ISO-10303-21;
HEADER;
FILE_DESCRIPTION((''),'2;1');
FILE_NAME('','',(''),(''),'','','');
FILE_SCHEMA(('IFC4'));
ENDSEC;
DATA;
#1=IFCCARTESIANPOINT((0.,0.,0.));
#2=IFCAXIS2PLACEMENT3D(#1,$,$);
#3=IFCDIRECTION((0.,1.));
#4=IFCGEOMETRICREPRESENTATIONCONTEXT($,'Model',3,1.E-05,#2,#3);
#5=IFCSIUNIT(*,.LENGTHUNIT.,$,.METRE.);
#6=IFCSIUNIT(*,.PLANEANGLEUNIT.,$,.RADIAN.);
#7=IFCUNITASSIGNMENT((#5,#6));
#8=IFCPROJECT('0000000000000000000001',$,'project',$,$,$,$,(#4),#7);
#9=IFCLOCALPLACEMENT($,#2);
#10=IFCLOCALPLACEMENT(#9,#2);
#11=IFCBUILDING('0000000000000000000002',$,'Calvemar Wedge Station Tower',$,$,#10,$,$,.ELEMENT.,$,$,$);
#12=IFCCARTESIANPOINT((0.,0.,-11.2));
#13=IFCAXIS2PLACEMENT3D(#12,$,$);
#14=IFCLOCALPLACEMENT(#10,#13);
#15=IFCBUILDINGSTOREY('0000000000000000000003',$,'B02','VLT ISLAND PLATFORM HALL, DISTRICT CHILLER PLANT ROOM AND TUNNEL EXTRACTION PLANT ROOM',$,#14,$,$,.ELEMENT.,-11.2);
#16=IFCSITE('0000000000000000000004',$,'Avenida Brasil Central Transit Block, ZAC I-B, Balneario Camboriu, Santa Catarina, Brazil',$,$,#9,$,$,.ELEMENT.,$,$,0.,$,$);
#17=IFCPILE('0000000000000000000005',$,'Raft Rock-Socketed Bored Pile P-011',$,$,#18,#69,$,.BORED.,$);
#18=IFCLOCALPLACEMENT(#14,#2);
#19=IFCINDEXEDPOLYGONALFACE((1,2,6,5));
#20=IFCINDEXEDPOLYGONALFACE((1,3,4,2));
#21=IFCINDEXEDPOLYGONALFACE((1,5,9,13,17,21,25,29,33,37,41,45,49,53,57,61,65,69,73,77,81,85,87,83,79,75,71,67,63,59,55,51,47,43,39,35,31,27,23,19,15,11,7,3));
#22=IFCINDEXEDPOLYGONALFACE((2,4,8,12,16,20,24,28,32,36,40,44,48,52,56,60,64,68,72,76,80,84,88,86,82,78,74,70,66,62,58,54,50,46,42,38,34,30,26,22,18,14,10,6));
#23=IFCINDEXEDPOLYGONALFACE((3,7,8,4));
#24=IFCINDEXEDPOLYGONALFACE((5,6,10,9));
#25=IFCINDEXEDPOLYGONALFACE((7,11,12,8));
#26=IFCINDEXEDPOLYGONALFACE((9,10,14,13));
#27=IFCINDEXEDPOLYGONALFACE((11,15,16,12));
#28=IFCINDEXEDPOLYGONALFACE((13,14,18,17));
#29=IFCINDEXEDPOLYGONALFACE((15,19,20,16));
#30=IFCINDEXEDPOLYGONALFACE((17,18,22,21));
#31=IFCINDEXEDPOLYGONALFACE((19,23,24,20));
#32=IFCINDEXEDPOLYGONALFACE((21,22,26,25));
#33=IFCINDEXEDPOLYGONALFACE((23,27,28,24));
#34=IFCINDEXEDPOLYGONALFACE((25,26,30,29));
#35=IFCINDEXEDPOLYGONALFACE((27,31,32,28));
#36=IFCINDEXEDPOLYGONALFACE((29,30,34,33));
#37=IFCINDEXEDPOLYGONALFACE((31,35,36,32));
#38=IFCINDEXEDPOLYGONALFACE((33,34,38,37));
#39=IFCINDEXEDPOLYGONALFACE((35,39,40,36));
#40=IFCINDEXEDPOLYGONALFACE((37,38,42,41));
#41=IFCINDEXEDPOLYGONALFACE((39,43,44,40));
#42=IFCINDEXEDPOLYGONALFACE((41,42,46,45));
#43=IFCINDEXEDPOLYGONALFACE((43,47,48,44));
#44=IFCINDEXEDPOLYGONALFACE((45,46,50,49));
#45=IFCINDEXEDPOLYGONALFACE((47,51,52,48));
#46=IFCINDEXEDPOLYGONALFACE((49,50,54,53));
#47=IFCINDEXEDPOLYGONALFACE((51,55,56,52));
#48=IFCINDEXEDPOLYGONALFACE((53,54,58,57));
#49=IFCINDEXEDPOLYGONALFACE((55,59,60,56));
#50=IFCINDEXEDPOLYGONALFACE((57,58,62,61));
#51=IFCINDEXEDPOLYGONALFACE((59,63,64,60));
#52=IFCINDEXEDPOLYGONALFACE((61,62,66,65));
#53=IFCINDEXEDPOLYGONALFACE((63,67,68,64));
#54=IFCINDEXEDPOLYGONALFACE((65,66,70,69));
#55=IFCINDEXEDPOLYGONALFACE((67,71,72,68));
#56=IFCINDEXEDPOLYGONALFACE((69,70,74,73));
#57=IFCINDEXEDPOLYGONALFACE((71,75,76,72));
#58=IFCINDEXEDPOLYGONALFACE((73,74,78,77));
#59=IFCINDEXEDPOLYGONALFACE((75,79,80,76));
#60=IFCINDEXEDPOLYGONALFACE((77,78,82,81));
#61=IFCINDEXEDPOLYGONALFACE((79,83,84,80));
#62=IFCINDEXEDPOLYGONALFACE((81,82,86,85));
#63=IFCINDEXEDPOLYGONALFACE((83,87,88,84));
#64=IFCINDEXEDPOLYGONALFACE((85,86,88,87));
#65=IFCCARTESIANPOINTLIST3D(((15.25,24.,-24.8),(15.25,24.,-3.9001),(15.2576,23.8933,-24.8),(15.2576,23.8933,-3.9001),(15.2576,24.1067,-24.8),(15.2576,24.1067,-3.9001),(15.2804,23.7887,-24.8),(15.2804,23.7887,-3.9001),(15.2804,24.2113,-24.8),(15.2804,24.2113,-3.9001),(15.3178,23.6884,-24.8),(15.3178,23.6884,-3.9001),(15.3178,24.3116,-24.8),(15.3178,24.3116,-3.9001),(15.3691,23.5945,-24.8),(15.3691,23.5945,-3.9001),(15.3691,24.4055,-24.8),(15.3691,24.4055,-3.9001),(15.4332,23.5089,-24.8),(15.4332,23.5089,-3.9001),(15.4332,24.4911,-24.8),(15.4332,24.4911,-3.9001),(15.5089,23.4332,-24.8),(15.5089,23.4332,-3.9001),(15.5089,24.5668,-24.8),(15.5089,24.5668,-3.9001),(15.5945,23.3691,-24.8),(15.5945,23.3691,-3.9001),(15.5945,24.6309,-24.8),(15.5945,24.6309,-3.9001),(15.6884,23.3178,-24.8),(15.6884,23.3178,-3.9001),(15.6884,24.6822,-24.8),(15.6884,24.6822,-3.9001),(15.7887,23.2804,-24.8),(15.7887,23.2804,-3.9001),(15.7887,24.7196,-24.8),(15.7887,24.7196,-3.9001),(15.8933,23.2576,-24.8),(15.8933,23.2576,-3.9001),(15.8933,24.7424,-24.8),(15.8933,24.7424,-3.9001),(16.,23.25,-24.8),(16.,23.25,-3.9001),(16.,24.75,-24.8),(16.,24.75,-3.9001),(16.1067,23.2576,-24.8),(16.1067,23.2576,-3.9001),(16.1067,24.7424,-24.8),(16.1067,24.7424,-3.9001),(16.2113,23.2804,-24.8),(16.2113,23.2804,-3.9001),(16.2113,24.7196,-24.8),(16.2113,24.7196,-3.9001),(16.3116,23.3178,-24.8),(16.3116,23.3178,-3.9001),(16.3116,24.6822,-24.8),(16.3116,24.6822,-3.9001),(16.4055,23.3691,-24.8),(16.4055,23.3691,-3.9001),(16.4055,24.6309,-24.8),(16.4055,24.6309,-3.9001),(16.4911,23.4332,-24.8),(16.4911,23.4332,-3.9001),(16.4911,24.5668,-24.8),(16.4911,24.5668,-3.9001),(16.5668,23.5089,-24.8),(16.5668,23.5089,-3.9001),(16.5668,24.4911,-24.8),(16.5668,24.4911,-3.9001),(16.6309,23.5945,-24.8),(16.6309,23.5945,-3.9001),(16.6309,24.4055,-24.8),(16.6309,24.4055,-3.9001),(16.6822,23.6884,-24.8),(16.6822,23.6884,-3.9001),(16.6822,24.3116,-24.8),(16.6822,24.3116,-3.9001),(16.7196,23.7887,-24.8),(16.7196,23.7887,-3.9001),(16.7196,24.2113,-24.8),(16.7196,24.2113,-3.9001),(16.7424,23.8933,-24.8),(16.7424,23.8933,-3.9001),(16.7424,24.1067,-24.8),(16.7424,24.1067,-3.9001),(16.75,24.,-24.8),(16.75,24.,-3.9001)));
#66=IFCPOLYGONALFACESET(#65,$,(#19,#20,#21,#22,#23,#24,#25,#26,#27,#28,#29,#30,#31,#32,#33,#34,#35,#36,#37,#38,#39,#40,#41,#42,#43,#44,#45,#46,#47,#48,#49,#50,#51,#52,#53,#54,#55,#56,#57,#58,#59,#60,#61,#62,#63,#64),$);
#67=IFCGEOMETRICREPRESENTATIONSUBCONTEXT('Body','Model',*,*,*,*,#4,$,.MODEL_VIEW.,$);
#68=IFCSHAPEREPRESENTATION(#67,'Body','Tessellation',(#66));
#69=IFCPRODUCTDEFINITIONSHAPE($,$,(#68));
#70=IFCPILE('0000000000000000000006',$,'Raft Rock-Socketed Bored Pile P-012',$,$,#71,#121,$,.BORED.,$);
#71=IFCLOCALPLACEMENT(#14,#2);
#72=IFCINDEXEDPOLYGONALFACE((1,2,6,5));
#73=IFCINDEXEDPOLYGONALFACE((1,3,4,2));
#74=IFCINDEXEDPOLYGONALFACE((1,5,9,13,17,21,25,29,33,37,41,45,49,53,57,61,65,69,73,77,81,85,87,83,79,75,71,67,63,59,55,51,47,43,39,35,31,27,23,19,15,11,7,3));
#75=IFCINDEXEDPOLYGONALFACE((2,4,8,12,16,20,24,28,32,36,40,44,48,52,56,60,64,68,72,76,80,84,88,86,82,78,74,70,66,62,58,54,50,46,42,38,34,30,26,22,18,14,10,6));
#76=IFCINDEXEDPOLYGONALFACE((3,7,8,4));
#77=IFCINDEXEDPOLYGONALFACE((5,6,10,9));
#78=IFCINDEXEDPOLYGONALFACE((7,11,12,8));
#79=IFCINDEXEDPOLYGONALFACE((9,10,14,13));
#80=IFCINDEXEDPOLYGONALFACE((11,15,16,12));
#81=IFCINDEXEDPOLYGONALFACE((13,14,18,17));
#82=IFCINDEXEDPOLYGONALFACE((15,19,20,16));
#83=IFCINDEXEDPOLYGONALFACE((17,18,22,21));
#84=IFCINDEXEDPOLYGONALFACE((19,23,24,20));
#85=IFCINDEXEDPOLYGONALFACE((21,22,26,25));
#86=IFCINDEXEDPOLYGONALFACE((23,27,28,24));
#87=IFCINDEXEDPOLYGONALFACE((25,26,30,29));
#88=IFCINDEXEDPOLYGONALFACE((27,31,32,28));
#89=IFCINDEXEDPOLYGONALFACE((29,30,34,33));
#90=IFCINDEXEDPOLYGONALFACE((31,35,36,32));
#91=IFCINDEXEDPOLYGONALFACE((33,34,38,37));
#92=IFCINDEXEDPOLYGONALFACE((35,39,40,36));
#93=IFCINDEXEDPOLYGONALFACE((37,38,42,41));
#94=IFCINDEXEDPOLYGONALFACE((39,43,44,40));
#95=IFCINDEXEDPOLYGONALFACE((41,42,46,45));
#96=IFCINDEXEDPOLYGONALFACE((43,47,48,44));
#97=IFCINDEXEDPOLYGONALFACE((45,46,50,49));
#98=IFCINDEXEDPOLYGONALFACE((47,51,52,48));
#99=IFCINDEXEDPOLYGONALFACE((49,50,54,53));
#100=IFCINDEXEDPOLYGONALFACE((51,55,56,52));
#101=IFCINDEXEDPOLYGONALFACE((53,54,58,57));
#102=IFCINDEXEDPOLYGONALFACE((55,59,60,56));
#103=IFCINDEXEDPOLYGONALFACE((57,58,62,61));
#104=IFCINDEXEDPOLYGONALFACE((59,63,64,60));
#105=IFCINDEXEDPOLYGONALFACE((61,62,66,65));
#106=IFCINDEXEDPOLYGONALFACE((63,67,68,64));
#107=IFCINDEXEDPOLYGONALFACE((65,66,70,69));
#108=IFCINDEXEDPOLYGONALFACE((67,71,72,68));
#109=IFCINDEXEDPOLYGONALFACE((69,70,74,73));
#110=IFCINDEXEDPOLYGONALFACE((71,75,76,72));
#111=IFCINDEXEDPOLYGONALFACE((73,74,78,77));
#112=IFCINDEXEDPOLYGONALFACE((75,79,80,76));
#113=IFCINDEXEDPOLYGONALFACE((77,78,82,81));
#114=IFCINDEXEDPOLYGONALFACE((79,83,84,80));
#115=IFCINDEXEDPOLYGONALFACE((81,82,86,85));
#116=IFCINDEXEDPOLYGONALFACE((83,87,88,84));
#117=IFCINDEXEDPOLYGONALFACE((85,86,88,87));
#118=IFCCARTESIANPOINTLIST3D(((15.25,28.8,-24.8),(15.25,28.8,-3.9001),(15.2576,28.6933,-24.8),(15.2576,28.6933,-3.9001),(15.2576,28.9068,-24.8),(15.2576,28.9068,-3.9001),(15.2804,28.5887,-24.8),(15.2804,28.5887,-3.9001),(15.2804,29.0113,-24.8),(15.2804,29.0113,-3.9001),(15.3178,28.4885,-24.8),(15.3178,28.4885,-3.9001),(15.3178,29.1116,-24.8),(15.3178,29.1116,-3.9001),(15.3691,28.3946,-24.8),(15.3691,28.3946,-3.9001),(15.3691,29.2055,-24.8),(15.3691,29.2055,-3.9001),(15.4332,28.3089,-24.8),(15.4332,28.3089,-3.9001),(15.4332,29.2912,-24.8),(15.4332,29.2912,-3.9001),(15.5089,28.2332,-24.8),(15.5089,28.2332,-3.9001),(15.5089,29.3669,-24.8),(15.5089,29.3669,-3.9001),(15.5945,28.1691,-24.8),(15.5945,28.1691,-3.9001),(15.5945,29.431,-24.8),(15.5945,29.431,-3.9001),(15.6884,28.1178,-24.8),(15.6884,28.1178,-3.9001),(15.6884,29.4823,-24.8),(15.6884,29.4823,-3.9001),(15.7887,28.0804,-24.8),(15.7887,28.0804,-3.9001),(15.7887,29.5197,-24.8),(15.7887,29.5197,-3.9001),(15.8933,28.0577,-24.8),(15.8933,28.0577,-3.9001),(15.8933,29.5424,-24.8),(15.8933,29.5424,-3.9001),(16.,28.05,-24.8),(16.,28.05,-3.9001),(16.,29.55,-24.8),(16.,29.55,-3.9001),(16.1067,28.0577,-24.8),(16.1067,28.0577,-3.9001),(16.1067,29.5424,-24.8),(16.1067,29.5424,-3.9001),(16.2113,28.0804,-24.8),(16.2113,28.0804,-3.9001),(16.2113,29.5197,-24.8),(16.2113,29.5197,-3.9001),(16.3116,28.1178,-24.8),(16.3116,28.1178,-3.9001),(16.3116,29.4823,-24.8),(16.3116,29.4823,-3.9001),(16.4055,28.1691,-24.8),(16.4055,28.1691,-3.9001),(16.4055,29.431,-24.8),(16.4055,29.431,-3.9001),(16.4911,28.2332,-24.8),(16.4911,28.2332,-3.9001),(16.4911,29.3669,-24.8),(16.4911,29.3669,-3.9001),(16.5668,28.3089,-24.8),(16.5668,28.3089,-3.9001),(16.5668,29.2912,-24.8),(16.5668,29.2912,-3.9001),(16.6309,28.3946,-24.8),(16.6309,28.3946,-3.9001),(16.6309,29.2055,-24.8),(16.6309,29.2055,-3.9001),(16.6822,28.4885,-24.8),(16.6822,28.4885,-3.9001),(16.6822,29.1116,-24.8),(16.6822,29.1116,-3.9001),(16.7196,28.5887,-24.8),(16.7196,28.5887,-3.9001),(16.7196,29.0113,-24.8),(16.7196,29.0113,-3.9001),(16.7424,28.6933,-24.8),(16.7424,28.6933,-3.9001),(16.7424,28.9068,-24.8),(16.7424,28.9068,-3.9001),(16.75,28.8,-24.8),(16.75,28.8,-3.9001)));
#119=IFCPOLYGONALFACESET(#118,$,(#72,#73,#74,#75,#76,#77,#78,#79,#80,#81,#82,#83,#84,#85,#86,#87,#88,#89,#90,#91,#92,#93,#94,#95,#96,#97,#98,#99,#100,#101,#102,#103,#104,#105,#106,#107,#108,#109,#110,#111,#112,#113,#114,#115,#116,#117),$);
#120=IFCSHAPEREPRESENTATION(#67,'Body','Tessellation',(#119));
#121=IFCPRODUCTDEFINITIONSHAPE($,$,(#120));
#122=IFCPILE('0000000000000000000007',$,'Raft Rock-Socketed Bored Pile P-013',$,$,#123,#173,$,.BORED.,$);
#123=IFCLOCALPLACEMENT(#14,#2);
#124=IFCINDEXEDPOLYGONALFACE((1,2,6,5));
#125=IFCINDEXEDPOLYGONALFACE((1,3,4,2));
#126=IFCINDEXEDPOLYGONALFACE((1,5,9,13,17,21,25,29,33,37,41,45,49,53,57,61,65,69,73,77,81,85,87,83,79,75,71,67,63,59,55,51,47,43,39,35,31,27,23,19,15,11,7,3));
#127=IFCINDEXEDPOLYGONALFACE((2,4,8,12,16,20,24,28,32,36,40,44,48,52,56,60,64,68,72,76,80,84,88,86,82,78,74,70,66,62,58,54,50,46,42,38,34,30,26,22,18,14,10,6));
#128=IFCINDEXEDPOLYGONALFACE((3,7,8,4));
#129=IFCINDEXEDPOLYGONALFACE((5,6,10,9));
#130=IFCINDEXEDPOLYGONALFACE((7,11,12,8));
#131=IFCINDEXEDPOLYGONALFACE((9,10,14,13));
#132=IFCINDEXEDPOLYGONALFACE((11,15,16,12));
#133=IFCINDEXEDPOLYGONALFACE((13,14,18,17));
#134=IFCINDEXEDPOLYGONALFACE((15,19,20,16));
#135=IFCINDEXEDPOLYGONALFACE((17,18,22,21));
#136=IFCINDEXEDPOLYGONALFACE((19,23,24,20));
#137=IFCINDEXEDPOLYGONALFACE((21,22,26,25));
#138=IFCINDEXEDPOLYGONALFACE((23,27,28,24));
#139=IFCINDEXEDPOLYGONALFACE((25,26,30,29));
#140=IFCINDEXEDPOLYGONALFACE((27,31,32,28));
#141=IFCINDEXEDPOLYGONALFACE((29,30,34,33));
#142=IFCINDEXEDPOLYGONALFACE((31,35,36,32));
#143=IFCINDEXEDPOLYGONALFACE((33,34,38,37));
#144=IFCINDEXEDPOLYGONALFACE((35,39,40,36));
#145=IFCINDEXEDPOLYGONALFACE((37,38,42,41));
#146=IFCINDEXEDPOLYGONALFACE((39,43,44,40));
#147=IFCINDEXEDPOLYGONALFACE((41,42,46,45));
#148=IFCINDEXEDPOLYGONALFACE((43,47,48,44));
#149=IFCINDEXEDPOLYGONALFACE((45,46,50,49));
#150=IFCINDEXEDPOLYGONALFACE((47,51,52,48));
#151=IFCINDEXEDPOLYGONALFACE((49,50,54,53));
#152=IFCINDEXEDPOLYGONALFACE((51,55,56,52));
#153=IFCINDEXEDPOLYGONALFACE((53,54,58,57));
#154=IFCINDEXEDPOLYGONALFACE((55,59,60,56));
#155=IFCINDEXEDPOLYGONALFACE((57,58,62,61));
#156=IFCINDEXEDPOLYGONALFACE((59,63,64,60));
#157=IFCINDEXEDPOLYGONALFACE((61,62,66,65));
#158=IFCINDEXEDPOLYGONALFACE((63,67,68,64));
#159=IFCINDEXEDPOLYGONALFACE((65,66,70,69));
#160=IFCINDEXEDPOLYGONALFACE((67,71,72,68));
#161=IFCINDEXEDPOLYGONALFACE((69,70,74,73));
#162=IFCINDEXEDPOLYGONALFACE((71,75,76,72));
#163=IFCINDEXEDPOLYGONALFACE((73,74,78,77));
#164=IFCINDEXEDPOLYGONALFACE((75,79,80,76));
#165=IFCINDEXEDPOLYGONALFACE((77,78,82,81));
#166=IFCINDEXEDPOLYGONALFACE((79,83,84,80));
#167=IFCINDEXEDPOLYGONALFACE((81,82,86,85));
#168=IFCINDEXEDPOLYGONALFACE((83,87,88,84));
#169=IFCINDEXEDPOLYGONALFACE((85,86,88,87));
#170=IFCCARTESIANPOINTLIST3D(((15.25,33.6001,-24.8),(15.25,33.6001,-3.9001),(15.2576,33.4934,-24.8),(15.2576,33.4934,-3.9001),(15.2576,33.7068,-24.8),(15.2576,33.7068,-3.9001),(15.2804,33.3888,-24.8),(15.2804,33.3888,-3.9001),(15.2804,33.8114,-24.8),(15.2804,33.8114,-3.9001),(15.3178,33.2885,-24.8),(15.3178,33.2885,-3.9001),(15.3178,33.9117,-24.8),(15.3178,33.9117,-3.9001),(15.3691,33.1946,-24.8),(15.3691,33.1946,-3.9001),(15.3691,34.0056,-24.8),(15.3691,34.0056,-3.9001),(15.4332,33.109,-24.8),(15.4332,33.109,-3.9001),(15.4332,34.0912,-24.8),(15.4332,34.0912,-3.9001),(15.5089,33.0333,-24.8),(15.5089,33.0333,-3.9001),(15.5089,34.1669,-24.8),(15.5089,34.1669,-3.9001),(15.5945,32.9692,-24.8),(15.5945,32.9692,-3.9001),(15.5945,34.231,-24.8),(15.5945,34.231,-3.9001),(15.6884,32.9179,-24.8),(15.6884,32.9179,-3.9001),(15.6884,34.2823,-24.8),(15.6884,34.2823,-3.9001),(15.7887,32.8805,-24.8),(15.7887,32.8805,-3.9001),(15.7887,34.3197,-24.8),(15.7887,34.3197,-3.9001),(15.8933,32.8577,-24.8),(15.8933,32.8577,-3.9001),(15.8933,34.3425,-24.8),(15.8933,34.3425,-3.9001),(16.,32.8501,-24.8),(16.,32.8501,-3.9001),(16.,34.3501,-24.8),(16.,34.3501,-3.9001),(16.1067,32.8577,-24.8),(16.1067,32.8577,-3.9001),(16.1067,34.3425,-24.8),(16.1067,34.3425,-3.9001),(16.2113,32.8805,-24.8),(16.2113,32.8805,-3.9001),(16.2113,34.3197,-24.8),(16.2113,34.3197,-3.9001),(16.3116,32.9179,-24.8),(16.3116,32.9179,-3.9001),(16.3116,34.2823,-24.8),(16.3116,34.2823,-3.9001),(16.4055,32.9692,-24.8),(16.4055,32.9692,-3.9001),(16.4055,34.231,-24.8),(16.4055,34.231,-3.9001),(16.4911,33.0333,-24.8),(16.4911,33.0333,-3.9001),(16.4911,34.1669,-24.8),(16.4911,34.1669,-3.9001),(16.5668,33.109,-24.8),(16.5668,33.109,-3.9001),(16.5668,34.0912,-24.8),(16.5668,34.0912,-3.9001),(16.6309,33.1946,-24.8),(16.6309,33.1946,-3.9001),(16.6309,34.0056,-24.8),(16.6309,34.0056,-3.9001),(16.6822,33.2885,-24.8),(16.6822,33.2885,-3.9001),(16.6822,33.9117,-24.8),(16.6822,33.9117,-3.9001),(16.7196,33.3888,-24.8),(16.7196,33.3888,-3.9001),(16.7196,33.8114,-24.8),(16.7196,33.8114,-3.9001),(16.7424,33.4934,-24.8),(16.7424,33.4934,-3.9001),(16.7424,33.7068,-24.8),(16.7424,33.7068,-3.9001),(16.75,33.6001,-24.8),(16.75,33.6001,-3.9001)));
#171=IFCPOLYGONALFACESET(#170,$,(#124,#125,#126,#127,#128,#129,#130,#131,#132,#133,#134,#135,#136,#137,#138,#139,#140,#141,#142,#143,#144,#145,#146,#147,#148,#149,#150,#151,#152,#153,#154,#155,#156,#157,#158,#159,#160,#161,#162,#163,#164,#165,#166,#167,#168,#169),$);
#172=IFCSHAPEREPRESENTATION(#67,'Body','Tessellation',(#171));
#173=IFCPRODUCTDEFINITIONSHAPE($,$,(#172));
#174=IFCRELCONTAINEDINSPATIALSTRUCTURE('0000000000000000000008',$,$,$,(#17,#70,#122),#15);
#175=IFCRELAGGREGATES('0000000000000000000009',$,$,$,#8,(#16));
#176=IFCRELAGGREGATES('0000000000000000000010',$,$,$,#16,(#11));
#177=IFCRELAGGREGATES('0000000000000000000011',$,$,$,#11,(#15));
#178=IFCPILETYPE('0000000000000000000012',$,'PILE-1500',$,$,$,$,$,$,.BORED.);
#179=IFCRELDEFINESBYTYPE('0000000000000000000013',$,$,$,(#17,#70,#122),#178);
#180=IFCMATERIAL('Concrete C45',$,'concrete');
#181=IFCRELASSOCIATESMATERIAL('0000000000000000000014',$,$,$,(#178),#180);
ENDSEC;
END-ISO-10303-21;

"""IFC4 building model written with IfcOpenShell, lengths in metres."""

from ifc_helpers import new_model, si_unit, direction, frame, origin, origin_2d, place, context, subcontext, project, spatial, circle, extrude, material, material_profile, profile_set, type_object, element, save


model = new_model("IFC4")

# Units and contexts
model_context = context("Model", 3, precision=1e-05, world=origin(), true_north=direction((0.0, 1.0)))
body_context = subcontext(model_context, "Body", "Model", "MODEL_VIEW")
ifc_project = project(units=[si_unit("LENGTHUNIT", "METRE"), si_unit("PLANEANGLEUNIT", "RADIAN")], contexts=[model_context])

# Site, building, storey
site_placement = place(None, origin())
site = spatial("IfcSite", under=ifc_project, at=site_placement, Name="Avenida Brasil Central Transit Block, ZAC I-B, Balneario Camboriu, Santa Catarina, Brazil", CompositionType="ELEMENT", RefElevation=0.0)
building_placement = place(site_placement, origin())
building = spatial("IfcBuilding", under=site, at=building_placement, Name="Calvemar Wedge Station Tower", CompositionType="ELEMENT")
storey_placement = place(building_placement, frame((0.0, 0.0, -11.2)))
storey = spatial("IfcBuildingStorey", under=building, at=storey_placement, Name="B02", Description="VLT ISLAND PLATFORM HALL, DISTRICT CHILLER PLANT ROOM AND TUNNEL EXTRACTION PLANT ROOM", CompositionType="ELEMENT", Elevation=-11.2)

# Piles
ifc_material_1 = material(Name="Concrete C45", Category="concrete")
ifc_material_profile_1 = material_profile(ifc_material_1, circle(Radius=0.75, at=origin_2d()), Name="PILE-D1500")
ifc_profile_set_1 = profile_set([ifc_material_profile_1], Name="Concrete C45")
pile_type = type_object("IfcPileType", Name="PILE-1500", PredefinedType="BORED", material=ifc_profile_set_1)
for number, where, z_axis, x_axis, name in (
    (1, (16.0, 24.0, -3.9001), (0.0, 0.0, -1.0), (1.0, 0.0, 0.0), "Raft Rock-Socketed Bored Pile P-011"),
    (2, (16.0, 28.8, -3.9001), (0.0, 0.0, -1.0), (1.0, 0.0, 0.0), "Raft Rock-Socketed Bored Pile P-012"),
    (3, (16.0, 33.6001, -3.9001), (0.0, 0.0, -1.0), (1.0, 0.0, 0.0), "Raft Rock-Socketed Bored Pile P-013"),
):
    element("IfcPile", number, at=place(storey_placement, frame(where, z_axis=z_axis, x_axis=x_axis)), inside=storey, type_object=pile_type, Name=name, PredefinedType="BORED", context=body_context, shape_type="SweptSolid", body=[
        extrude(circle(Radius=0.75, at=origin_2d()), origin(), (0.0, 0.0, 1.0), 20.8999),
    ])

save(model, "model.ifc")
